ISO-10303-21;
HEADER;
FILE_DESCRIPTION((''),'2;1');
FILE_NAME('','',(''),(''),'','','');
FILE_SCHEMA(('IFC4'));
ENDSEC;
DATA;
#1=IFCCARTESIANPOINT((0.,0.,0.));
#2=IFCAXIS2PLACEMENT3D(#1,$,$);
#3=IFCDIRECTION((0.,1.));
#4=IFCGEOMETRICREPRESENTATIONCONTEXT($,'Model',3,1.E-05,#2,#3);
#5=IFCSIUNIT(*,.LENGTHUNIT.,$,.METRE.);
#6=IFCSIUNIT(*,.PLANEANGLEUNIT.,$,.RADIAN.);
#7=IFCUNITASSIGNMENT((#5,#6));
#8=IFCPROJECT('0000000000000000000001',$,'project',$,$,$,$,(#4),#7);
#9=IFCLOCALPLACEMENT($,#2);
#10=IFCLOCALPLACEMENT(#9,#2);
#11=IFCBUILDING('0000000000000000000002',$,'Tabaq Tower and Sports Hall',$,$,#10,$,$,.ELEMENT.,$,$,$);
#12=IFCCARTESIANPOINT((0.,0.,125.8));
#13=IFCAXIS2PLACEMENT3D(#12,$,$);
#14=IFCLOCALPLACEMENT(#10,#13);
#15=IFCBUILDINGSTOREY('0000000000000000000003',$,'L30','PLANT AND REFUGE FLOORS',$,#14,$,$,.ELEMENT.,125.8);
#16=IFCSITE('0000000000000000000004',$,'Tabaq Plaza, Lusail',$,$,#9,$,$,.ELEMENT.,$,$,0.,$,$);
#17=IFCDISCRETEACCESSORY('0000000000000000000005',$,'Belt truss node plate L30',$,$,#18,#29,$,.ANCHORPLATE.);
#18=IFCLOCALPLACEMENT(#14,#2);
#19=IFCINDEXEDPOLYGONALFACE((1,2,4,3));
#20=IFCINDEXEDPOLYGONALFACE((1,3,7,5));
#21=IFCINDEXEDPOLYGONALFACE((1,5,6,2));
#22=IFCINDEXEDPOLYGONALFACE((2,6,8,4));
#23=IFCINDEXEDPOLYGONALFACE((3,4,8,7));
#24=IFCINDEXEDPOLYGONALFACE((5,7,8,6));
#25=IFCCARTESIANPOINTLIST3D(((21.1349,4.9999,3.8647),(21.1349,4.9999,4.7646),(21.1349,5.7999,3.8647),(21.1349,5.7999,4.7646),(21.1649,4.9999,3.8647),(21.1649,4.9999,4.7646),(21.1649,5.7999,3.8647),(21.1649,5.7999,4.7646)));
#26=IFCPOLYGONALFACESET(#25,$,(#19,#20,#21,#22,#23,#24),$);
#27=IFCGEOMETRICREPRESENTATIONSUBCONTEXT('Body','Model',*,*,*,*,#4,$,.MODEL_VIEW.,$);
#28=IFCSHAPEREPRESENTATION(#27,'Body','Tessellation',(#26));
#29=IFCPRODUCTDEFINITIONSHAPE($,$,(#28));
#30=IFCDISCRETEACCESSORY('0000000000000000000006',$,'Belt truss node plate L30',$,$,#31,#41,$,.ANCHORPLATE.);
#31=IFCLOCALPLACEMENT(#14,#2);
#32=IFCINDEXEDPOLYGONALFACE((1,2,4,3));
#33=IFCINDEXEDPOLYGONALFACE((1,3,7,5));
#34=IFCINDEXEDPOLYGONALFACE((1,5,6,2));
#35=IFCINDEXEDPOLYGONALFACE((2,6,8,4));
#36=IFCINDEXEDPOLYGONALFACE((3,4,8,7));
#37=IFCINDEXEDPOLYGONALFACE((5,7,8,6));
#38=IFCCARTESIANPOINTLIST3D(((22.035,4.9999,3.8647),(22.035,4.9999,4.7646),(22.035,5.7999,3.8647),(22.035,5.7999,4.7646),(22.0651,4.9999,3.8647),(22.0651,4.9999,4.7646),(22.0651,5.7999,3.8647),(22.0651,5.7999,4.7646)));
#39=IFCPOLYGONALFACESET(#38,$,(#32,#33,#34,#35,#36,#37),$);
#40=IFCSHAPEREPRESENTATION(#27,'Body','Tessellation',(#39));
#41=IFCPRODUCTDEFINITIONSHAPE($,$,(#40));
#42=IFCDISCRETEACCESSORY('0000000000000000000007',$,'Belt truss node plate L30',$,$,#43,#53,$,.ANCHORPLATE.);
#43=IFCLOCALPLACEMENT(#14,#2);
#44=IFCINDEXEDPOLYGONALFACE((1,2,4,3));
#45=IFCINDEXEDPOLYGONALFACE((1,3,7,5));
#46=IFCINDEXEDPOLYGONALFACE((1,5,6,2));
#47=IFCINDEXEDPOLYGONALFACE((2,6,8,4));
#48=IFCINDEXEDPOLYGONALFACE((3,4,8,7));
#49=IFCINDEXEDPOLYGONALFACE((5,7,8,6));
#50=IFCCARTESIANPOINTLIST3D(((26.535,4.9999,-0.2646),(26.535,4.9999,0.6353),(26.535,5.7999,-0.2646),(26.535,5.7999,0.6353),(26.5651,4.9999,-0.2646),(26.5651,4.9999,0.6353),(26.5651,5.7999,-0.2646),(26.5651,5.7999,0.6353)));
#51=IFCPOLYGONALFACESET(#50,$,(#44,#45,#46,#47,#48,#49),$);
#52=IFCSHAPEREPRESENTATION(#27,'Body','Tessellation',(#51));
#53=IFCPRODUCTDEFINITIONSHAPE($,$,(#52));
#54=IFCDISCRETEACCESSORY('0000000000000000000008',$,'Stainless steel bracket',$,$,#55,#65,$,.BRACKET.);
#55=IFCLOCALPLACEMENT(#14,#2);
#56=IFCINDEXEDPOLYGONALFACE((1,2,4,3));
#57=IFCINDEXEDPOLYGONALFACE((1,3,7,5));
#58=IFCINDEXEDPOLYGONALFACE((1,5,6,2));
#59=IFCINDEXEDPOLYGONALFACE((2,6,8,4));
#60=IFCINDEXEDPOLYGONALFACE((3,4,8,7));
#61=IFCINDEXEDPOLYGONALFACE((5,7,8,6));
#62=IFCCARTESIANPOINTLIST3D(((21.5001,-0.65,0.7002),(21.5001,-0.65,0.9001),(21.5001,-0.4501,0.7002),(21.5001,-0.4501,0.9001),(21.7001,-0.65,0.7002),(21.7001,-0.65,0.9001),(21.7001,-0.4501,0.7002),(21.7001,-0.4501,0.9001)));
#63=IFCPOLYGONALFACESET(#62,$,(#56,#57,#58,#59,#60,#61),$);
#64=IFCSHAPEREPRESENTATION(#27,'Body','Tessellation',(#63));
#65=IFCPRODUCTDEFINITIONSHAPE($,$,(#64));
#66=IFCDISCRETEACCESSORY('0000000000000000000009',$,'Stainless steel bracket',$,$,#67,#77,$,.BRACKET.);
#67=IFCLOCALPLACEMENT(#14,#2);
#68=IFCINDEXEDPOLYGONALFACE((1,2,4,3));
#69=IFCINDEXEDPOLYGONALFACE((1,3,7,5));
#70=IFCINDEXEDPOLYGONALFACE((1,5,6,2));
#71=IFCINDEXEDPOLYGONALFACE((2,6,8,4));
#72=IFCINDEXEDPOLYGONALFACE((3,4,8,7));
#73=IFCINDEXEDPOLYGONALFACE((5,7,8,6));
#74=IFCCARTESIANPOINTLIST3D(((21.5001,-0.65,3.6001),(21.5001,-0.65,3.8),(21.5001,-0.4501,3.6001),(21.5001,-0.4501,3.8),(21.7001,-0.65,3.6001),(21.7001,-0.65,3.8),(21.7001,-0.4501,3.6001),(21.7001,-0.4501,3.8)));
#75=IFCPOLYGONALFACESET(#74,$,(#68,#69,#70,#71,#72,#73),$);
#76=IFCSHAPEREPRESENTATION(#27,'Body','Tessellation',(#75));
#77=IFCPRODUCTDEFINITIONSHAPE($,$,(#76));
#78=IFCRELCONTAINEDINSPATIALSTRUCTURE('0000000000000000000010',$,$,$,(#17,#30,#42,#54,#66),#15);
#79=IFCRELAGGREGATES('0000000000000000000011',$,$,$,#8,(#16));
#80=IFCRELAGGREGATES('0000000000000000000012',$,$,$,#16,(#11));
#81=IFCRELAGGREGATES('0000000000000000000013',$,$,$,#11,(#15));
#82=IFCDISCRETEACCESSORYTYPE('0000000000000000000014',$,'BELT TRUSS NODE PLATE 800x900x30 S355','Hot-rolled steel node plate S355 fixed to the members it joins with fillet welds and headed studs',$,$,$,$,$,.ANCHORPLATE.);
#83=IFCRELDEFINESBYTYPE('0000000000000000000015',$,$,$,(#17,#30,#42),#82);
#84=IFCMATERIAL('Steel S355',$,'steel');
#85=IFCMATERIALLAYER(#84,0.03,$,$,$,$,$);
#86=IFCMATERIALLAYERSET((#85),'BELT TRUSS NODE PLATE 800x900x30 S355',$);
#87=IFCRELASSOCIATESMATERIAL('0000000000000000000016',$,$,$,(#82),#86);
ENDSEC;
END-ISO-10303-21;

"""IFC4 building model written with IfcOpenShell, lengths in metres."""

from ifc_helpers import new_model, si_unit, direction, frame, origin, origin_2d, place, context, subcontext, project, spatial, rectangle, extrude, material, layer, layer_set, type_object, element, save


model = new_model("IFC4")

# Units and contexts
model_context = context("Model", 3, precision=1e-05, world=origin(), true_north=direction((0.0, 1.0)))
body_context = subcontext(model_context, "Body", "Model", "MODEL_VIEW")
ifc_project = project(units=[si_unit("LENGTHUNIT", "METRE"), si_unit("PLANEANGLEUNIT", "RADIAN")], contexts=[model_context])

# Site, building, storey
site_placement = place(None, origin())
site = spatial("IfcSite", under=ifc_project, at=site_placement, Name="Tabaq Plaza, Lusail", CompositionType="ELEMENT", RefElevation=0.0)
building_placement = place(site_placement, origin())
building = spatial("IfcBuilding", under=site, at=building_placement, Name="Tabaq Tower and Sports Hall", CompositionType="ELEMENT")
storey_placement = place(building_placement, frame((0.0, 0.0, 125.8)))
storey = spatial("IfcBuildingStorey", under=building, at=storey_placement, Name="L30", Description="PLANT AND REFUGE FLOORS", CompositionType="ELEMENT", Elevation=125.8)

# Discrete accessories
ifc_material_1 = material(Name="Steel S355", Category="steel")
ifc_layer_1 = layer(ifc_material_1, 0.03)
ifc_layer_set_1 = layer_set([ifc_layer_1], Name="BELT TRUSS NODE PLATE 800x900x30 S355")
discrete_accessory_type = type_object("IfcDiscreteAccessoryType", Name="BELT TRUSS NODE PLATE 800x900x30 S355", Description="Hot-rolled steel node plate S355 fixed to the members it joins with fillet welds and headed studs", PredefinedType="ANCHORPLATE", material=ifc_layer_set_1)
for number, where, z_axis, x_axis, name in (
    (1, (21.1499, 5.3999, 3.8647), (0.0, 0.0, 1.0), (1.0, 0.0, 0.0), "Belt truss node plate L30"),
    (2, (22.05, 5.3999, 3.8647), (0.0, 0.0, 1.0), (1.0, 0.0, 0.0), "Belt truss node plate L30"),
    (3, (26.55, 5.3999, -0.2646), (0.0, 0.0, 1.0), (1.0, 0.0, 0.0), "Belt truss node plate L30"),
):
    element("IfcDiscreteAccessory", number, at=place(storey_placement, frame(where, z_axis=z_axis, x_axis=x_axis)), inside=storey, type_object=discrete_accessory_type, Name=name, PredefinedType="ANCHORPLATE", context=body_context, shape_type="SweptSolid", body=[
        extrude(rectangle(XDim=0.03, YDim=0.8, at=origin_2d()), origin(), (0.0, 0.0, 1.0), 0.8999),
    ])
for number, where, z_axis, x_axis, name in (
    (4, (21.6001, -0.55, 0.7002), (0.0, 0.0, 1.0), (0.0, 1.0, 0.0), "Stainless steel bracket"),
    (5, (21.6001, -0.55, 3.6001), (0.0, 0.0, 1.0), (0.0, 1.0, 0.0), "Stainless steel bracket"),
):
    element("IfcDiscreteAccessory", number, at=place(storey_placement, frame(where, z_axis=z_axis, x_axis=x_axis)), inside=storey, Name=name, PredefinedType="BRACKET", context=body_context, shape_type="SweptSolid", body=[
        extrude(rectangle(XDim=0.2, YDim=0.2, at=origin_2d()), origin(), (0.0, 0.0, 1.0), 0.2),
    ])

save(model, "model.ifc")
